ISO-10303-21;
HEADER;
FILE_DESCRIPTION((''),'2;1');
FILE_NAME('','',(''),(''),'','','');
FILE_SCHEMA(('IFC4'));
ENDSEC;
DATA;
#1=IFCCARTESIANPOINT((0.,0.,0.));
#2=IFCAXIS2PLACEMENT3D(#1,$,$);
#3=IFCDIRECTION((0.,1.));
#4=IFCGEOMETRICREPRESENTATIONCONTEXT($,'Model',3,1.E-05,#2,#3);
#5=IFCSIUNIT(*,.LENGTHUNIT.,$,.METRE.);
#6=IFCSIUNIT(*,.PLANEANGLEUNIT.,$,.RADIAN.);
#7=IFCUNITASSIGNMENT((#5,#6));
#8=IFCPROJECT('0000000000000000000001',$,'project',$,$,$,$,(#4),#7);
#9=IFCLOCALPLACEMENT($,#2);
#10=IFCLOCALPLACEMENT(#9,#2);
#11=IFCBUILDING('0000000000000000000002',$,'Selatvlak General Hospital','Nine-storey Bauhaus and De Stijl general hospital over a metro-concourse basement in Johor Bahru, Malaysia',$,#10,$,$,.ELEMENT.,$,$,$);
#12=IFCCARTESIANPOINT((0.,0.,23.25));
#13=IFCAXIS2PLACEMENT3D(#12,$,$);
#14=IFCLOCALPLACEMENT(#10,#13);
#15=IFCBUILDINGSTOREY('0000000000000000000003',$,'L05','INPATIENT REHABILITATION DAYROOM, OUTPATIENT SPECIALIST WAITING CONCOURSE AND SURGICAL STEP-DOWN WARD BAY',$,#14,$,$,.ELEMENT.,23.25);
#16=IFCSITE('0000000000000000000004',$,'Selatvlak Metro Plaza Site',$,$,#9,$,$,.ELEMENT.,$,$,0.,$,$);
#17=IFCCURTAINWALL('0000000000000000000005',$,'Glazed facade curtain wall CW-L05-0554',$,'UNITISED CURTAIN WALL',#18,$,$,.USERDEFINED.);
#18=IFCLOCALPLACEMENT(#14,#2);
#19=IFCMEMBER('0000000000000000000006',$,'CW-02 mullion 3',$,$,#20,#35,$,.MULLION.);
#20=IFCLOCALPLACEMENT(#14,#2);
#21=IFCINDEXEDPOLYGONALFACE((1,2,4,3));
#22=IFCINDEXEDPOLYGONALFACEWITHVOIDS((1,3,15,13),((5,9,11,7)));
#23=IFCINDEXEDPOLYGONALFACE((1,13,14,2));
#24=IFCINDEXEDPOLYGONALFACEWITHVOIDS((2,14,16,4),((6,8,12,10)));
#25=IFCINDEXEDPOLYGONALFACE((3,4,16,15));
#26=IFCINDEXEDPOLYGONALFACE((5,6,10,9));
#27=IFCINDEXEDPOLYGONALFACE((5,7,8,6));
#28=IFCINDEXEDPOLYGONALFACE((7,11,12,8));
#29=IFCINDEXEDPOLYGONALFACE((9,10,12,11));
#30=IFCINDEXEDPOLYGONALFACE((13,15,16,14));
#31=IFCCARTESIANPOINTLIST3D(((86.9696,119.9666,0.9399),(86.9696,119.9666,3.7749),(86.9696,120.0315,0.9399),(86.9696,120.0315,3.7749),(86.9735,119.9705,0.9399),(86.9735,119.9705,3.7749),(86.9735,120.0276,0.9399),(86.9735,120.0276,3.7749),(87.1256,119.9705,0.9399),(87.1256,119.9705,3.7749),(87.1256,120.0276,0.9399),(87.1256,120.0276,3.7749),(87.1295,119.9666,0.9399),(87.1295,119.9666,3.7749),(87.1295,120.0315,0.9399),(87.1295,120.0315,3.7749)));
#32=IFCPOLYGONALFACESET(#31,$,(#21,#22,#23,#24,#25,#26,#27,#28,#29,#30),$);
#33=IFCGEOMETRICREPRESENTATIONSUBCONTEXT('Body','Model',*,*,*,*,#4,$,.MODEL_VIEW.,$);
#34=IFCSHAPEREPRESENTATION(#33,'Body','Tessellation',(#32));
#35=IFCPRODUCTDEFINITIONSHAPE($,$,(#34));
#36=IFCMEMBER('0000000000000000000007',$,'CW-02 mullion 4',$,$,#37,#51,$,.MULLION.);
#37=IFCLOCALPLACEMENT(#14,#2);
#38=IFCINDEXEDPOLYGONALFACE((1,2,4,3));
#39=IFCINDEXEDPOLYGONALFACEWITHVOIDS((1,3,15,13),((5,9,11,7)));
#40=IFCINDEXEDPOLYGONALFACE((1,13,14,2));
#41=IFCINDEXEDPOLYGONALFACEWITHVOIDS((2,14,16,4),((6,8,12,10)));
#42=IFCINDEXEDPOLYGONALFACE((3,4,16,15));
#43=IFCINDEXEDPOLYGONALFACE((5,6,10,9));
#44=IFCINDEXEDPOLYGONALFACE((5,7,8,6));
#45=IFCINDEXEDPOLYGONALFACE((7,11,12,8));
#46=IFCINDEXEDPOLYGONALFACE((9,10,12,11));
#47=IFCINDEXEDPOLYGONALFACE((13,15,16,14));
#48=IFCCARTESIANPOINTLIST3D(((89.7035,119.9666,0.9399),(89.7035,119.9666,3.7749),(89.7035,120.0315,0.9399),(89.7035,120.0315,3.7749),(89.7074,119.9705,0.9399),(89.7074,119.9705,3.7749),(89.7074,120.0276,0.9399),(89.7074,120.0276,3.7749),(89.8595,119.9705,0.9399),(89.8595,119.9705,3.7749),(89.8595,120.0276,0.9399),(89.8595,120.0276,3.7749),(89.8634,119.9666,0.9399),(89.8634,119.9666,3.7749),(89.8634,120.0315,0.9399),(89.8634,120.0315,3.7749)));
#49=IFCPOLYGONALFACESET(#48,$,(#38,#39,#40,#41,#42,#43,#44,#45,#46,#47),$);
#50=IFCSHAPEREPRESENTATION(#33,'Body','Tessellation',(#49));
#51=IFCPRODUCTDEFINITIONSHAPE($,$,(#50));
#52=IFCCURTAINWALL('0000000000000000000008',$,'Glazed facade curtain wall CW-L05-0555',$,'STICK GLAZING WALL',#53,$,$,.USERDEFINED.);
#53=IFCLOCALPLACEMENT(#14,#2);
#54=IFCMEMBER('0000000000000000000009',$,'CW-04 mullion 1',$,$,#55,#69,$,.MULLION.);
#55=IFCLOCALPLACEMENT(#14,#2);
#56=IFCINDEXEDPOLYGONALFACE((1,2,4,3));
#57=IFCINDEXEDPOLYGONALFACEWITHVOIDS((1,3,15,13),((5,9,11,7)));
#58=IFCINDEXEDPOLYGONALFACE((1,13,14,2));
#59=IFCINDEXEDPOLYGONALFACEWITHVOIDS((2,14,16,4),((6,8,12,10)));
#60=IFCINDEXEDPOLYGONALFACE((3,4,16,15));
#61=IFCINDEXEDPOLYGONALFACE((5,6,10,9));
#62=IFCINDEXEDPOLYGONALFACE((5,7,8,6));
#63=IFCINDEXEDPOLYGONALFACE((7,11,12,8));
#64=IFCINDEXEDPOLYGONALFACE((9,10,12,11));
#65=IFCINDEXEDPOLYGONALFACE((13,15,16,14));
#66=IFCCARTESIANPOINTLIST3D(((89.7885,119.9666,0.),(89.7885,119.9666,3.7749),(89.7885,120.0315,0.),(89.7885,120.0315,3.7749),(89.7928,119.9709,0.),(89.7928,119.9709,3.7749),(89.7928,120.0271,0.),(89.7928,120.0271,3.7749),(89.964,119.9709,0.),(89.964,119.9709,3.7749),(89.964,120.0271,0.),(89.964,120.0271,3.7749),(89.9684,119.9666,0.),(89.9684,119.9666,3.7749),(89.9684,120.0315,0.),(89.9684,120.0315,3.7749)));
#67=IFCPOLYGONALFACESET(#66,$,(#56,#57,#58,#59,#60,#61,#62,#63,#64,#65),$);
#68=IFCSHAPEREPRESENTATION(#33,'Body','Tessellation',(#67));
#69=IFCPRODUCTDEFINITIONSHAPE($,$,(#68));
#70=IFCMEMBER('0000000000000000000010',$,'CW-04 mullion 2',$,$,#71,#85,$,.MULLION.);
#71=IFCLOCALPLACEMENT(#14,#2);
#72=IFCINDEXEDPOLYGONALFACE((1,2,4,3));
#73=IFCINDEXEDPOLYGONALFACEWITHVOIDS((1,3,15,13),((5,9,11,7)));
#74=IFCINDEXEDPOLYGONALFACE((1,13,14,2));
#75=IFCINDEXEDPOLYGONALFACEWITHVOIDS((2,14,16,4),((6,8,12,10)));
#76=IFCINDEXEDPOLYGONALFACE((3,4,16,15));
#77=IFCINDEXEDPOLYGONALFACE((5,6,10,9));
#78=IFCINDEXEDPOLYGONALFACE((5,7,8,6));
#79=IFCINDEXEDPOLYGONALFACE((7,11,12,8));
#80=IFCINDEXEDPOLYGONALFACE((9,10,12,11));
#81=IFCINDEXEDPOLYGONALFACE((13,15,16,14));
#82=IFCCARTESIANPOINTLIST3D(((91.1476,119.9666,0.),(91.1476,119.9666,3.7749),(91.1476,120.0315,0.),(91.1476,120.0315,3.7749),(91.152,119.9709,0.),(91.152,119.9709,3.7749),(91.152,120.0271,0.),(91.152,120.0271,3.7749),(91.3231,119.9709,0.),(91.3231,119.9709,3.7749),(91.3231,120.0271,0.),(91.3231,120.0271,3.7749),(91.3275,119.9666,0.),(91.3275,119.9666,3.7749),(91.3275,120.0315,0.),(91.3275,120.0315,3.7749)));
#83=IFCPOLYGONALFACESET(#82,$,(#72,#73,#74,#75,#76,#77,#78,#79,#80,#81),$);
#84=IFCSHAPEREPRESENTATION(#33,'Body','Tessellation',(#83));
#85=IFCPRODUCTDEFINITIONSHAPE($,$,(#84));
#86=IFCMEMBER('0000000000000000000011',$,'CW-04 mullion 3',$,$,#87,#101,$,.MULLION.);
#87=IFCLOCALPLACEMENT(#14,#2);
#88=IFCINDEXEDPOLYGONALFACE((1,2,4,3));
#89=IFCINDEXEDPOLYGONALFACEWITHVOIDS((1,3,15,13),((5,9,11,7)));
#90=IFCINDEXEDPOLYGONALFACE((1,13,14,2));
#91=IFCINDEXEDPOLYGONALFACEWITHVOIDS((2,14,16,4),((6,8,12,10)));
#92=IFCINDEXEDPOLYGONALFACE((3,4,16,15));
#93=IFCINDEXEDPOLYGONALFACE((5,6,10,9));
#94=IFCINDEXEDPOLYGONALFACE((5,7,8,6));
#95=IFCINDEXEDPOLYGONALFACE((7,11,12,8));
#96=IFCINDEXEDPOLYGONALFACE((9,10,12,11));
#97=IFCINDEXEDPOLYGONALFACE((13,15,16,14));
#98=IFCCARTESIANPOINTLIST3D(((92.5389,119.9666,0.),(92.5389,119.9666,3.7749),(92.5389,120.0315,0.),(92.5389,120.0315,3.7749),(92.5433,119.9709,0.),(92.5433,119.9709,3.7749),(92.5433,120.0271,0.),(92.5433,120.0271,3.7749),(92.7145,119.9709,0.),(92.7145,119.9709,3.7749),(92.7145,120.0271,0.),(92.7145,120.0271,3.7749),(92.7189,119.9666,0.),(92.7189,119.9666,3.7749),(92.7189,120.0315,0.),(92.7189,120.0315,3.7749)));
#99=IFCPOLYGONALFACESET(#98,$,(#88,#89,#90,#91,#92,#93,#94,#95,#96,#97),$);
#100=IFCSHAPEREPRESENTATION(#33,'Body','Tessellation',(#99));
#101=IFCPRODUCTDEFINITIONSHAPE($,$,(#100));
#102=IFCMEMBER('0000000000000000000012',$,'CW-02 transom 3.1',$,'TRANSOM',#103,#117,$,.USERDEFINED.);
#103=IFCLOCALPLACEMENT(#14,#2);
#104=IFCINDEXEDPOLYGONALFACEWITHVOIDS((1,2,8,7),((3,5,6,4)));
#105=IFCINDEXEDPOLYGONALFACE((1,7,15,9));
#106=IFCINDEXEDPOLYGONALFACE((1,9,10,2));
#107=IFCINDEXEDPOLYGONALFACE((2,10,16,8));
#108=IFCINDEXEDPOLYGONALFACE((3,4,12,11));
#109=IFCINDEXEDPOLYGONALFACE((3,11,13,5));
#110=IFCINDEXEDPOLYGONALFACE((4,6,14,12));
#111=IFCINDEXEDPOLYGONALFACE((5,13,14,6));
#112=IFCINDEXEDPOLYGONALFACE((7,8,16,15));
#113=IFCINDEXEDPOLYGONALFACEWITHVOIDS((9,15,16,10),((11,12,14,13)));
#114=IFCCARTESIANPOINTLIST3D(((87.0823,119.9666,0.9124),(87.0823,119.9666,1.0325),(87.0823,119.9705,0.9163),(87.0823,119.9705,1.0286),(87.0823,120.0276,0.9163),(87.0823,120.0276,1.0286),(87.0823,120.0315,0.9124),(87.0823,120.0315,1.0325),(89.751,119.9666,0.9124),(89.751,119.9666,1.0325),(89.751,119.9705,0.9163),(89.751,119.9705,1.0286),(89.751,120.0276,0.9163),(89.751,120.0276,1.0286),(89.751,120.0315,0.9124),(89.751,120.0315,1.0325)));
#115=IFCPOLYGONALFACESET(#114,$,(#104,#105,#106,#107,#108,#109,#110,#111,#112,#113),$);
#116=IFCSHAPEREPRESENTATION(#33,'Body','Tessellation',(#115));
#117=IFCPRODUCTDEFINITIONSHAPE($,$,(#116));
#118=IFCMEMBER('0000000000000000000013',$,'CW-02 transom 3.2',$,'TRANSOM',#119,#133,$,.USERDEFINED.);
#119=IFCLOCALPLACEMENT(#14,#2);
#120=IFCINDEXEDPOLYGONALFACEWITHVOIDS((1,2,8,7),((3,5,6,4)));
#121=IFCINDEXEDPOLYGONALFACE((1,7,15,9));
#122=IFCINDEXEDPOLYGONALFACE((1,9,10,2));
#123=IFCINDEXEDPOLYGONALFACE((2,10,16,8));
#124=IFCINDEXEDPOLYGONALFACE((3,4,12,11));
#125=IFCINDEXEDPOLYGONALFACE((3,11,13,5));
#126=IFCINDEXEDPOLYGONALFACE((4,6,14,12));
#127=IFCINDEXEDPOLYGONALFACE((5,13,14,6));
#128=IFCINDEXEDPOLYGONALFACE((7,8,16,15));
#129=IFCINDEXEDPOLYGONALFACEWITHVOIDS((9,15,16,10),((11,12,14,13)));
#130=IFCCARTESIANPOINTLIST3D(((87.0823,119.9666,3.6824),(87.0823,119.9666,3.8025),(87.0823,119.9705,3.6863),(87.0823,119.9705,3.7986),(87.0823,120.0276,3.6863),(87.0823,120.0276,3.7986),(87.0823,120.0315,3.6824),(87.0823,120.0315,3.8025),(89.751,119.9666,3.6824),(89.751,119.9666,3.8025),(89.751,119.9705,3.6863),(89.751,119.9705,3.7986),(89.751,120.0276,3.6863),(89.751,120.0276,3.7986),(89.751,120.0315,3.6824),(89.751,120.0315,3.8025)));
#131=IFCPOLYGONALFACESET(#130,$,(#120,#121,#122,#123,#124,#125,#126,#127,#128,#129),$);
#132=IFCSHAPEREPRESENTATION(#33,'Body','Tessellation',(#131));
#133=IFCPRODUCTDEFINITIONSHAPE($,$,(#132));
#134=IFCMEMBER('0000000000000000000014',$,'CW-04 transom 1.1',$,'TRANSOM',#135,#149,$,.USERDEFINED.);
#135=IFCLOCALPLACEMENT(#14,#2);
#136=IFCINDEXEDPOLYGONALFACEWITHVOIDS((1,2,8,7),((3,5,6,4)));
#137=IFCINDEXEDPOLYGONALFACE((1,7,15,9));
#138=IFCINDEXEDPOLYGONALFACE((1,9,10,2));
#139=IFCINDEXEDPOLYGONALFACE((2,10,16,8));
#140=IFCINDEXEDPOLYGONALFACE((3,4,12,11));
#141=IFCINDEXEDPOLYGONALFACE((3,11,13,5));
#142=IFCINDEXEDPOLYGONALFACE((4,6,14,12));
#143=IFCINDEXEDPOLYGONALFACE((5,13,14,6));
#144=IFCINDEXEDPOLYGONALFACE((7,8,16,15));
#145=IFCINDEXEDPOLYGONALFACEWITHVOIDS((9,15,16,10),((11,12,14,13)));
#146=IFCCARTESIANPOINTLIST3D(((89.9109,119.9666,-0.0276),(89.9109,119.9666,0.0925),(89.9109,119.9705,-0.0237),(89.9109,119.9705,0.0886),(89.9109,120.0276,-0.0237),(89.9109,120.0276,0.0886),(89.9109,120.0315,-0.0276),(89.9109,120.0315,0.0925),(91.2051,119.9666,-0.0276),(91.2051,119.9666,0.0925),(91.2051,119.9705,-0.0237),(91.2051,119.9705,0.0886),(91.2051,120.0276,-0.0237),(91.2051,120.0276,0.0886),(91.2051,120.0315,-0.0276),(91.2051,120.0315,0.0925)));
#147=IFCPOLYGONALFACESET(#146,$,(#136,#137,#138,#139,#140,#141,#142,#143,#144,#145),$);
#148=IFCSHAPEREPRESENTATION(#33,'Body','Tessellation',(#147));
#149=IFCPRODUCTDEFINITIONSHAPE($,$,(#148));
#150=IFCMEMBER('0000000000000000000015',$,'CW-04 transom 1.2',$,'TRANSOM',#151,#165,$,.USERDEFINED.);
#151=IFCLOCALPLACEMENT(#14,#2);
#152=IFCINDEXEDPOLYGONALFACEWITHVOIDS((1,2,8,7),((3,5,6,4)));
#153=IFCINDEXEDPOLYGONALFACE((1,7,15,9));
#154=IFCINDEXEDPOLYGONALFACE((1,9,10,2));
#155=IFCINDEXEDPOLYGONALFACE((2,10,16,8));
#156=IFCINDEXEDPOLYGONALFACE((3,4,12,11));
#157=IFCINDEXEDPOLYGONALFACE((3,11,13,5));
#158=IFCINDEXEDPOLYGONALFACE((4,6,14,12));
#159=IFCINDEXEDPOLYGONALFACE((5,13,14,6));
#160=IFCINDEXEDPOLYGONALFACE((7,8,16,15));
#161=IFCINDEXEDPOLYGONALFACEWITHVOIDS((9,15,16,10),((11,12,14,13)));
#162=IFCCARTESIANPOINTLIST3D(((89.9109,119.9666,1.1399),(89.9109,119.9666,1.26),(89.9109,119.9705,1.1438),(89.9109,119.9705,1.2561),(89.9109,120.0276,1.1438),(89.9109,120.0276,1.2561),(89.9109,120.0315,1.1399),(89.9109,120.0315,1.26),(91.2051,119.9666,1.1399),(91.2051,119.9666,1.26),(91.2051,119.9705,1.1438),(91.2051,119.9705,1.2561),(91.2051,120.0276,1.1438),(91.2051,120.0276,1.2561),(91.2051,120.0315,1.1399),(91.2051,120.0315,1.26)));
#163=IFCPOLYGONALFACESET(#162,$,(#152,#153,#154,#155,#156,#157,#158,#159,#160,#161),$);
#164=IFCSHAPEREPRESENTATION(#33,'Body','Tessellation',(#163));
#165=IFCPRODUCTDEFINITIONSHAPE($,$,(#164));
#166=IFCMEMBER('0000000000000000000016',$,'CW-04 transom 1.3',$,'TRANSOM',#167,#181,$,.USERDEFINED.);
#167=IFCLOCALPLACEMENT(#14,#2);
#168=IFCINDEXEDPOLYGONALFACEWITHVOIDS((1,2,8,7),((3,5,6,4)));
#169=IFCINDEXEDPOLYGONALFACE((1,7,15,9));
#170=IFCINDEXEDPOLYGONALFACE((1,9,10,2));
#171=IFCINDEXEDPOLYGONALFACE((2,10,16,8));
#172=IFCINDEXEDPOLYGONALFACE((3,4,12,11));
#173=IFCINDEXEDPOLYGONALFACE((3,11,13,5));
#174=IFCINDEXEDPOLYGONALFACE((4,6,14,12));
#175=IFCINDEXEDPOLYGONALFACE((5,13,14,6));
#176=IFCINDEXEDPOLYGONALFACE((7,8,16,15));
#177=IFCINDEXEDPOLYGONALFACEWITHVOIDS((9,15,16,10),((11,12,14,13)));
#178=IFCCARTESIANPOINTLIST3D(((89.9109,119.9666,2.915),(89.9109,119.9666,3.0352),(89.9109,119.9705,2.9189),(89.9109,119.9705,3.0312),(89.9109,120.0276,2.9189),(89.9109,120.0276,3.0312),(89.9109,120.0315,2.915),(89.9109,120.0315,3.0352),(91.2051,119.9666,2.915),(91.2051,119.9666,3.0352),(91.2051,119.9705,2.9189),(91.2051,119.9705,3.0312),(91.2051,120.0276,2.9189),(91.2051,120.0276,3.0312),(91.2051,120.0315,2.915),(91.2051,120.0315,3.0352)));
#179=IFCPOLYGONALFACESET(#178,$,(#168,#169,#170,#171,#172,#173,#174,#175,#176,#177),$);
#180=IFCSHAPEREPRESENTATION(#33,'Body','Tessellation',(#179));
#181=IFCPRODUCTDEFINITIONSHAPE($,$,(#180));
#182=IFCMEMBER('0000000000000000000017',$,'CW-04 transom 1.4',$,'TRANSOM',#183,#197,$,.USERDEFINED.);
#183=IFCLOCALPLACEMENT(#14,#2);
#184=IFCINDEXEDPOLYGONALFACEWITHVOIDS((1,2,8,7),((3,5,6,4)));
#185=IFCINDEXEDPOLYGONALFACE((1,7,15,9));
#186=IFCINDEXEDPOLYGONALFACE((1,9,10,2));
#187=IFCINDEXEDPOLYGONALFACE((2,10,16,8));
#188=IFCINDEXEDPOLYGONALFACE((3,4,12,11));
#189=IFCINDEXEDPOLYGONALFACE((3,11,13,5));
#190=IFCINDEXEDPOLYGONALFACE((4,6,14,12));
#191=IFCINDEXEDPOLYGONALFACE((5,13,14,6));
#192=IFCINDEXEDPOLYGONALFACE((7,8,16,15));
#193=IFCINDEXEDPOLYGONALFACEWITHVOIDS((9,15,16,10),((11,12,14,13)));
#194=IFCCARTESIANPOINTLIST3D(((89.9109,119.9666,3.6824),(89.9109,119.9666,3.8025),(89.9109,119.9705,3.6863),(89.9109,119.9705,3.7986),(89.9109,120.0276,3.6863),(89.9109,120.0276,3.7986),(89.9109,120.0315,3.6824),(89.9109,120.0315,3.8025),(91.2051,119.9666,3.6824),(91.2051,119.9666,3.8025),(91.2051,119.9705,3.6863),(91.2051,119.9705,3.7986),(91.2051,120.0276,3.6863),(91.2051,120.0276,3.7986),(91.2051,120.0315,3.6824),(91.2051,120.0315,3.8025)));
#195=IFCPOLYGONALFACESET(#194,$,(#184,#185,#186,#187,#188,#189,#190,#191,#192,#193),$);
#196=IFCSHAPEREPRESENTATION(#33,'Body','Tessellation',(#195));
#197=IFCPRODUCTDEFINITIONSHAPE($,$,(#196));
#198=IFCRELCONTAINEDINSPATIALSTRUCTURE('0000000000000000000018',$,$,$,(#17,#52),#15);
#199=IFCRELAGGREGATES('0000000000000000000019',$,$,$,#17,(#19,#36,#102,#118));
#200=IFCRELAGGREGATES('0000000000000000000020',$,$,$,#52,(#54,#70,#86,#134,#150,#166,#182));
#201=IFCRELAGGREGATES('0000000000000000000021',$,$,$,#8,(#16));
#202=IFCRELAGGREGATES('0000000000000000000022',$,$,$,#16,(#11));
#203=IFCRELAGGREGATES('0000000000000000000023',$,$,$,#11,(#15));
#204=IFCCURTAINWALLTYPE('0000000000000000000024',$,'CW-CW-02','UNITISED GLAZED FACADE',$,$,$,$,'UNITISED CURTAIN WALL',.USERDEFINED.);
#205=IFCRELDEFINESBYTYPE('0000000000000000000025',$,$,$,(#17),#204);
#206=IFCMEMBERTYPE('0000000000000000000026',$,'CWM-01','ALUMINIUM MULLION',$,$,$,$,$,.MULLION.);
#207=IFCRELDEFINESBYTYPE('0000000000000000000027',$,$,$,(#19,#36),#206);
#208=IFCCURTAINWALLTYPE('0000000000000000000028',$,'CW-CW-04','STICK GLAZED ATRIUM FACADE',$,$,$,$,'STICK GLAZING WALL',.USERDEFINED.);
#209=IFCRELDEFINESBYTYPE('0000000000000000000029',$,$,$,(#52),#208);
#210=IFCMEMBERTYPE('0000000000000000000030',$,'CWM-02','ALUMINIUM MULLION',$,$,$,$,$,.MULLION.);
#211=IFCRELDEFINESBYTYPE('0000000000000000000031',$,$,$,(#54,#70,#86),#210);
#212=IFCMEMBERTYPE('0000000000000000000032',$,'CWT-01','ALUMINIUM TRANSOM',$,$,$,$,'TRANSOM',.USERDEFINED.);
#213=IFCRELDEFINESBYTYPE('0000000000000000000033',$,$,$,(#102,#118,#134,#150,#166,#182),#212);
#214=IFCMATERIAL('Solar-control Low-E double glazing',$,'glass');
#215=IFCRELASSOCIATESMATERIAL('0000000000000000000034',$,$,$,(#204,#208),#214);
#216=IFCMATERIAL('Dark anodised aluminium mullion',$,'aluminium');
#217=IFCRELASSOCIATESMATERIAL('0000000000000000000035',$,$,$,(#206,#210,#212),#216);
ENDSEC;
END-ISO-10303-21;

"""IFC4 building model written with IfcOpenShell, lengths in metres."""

from ifc_helpers import new_model, si_unit, direction, frame, origin, origin_2d, place, context, subcontext, project, spatial, hollow_rectangle, extrude, material, material_profile, profile_set, type_object, element, aggregate, save


model = new_model("IFC4")

# Units and contexts
model_context = context("Model", 3, precision=1e-05, world=origin(), true_north=direction((0.0, 1.0)))
body_context = subcontext(model_context, "Body", "Model", "MODEL_VIEW")
ifc_project = project(units=[si_unit("LENGTHUNIT", "METRE"), si_unit("PLANEANGLEUNIT", "RADIAN")], contexts=[model_context])

# Site, building, storey
site_placement = place(None, origin())
site = spatial("IfcSite", under=ifc_project, at=site_placement, Name="Selatvlak Metro Plaza Site", CompositionType="ELEMENT", RefElevation=0.0)
building_placement = place(site_placement, origin())
building = spatial("IfcBuilding", under=site, at=building_placement, Name="Selatvlak General Hospital", Description="Nine-storey Bauhaus and De Stijl general hospital over a metro-concourse basement in Johor Bahru, Malaysia", CompositionType="ELEMENT")
storey_placement = place(building_placement, frame((0.0, 0.0, 23.25)))
storey = spatial("IfcBuildingStorey", under=building, at=storey_placement, Name="L05", Description="INPATIENT REHABILITATION DAYROOM, OUTPATIENT SPECIALIST WAITING CONCOURSE AND SURGICAL STEP-DOWN WARD BAY", CompositionType="ELEMENT", Elevation=23.25)

# Curtain walls, members
ifc_material_1 = material(Name="Solar-control Low-E double glazing", Category="glass")
curtain_wall_type_1 = type_object("IfcCurtainWallType", Name="CW-CW-02", Description="UNITISED GLAZED FACADE", ElementType="UNITISED CURTAIN WALL", PredefinedType="USERDEFINED", material=ifc_material_1)
curtain_wall_1_placement = place(storey_placement, origin())
curtain_wall_1 = element("IfcCurtainWall", 1, at=curtain_wall_1_placement, inside=storey, type_object=curtain_wall_type_1, Name="Glazed facade curtain wall CW-L05-0554", ObjectType="UNITISED CURTAIN WALL", PredefinedType="USERDEFINED")
ifc_material_2 = material(Name="Dark anodised aluminium mullion", Category="aluminium")
ifc_material_profile_1 = material_profile(ifc_material_2, hollow_rectangle(XDim=0.0649, YDim=0.1599, WallThickness=0.0039, at=origin_2d()), Name="AL-MUL 65x160x4")
ifc_profile_set_1 = profile_set([ifc_material_profile_1], Name="Dark anodised aluminium mullion")
member_type_1 = type_object("IfcMemberType", Name="CWM-01", Description="ALUMINIUM MULLION", PredefinedType="MULLION", material=ifc_profile_set_1)
member_1_placement = place(storey_placement, frame((87.0496, 119.999, 0.9399), z_axis=(0.0, 0.0, 1.0), x_axis=(0.0, 1.0, 0.0)))
member_1 = element("IfcMember", 2, at=member_1_placement, type_object=member_type_1, Name="CW-02 mullion 3", PredefinedType="MULLION", context=body_context, shape_type="SweptSolid", body=[
    extrude(hollow_rectangle(XDim=0.0649, YDim=0.1599, WallThickness=0.0039, at=origin_2d()), origin(), (0.0, 0.0, 1.0), 2.835),
])
member_2_placement = place(storey_placement, frame((89.7834, 119.999, 0.9399), z_axis=(0.0, 0.0, 1.0), x_axis=(0.0, 1.0, 0.0)))
member_2 = element("IfcMember", 3, at=member_2_placement, type_object=member_type_1, Name="CW-02 mullion 4", PredefinedType="MULLION", context=body_context, shape_type="SweptSolid", body=[
    extrude(hollow_rectangle(XDim=0.0649, YDim=0.1599, WallThickness=0.0039, at=origin_2d()), origin(), (0.0, 0.0, 1.0), 2.835),
])
curtain_wall_type_2 = type_object("IfcCurtainWallType", Name="CW-CW-04", Description="STICK GLAZED ATRIUM FACADE", ElementType="STICK GLAZING WALL", PredefinedType="USERDEFINED", material=ifc_material_1)
curtain_wall_2_placement = place(storey_placement, origin())
curtain_wall_2 = element("IfcCurtainWall", 4, at=curtain_wall_2_placement, inside=storey, type_object=curtain_wall_type_2, Name="Glazed facade curtain wall CW-L05-0555", ObjectType="STICK GLAZING WALL", PredefinedType="USERDEFINED")
ifc_material_profile_2 = material_profile(ifc_material_2, hollow_rectangle(XDim=0.0649, YDim=0.1799, WallThickness=0.0044, at=origin_2d()), Name="AL-MUL 65x180x4.5")
ifc_profile_set_2 = profile_set([ifc_material_profile_2], Name="Dark anodised aluminium mullion")
member_type_2 = type_object("IfcMemberType", Name="CWM-02", Description="ALUMINIUM MULLION", PredefinedType="MULLION", material=ifc_profile_set_2)
member_3_placement = place(storey_placement, frame((89.8784, 119.999, 0.0), z_axis=(0.0, 0.0, 1.0), x_axis=(0.0, 1.0, 0.0)))
member_3 = element("IfcMember", 5, at=member_3_placement, type_object=member_type_2, Name="CW-04 mullion 1", PredefinedType="MULLION", context=body_context, shape_type="SweptSolid", body=[
    extrude(hollow_rectangle(XDim=0.0649, YDim=0.1799, WallThickness=0.0044, at=origin_2d()), origin(), (0.0, 0.0, 1.0), 3.7749),
])
member_4_placement = place(storey_placement, frame((91.2375, 119.999, 0.0), z_axis=(0.0, 0.0, 1.0), x_axis=(0.0, 1.0, 0.0)))
member_4 = element("IfcMember", 6, at=member_4_placement, type_object=member_type_2, Name="CW-04 mullion 2", PredefinedType="MULLION", context=body_context, shape_type="SweptSolid", body=[
    extrude(hollow_rectangle(XDim=0.0649, YDim=0.1799, WallThickness=0.0044, at=origin_2d()), origin(), (0.0, 0.0, 1.0), 3.7749),
])
member_5_placement = place(storey_placement, frame((92.6289, 119.999, 0.0), z_axis=(0.0, 0.0, 1.0), x_axis=(0.0, 1.0, 0.0)))
member_5 = element("IfcMember", 7, at=member_5_placement, type_object=member_type_2, Name="CW-04 mullion 3", PredefinedType="MULLION", context=body_context, shape_type="SweptSolid", body=[
    extrude(hollow_rectangle(XDim=0.0649, YDim=0.1799, WallThickness=0.0044, at=origin_2d()), origin(), (0.0, 0.0, 1.0), 3.7749),
])

# Members
ifc_material_profile_3 = material_profile(ifc_material_2, hollow_rectangle(XDim=0.0649, YDim=0.1201, WallThickness=0.0039, at=origin_2d()), Name="AL-TRN 65x120x4")
ifc_profile_set_3 = profile_set([ifc_material_profile_3], Name="Dark anodised aluminium mullion")
member_type_3 = type_object("IfcMemberType", Name="CWT-01", Description="ALUMINIUM TRANSOM", ElementType="TRANSOM", PredefinedType="USERDEFINED", material=ifc_profile_set_3)
member_6_placement = place(storey_placement, frame((87.0823, 119.999, 0.9724), z_axis=(1.0, 0.0, 0.0), x_axis=(0.0, 1.0, 0.0)))
member_6 = element("IfcMember", 8, at=member_6_placement, type_object=member_type_3, Name="CW-02 transom 3.1", ObjectType="TRANSOM", PredefinedType="USERDEFINED", context=body_context, shape_type="SweptSolid", body=[
    extrude(hollow_rectangle(XDim=0.0649, YDim=0.1201, WallThickness=0.0039, at=origin_2d()), origin(), (0.0, 0.0, 1.0), 2.6687),
])
member_7_placement = place(storey_placement, frame((87.0823, 119.999, 3.7424), z_axis=(1.0, 0.0, 0.0), x_axis=(0.0, 1.0, 0.0)))
member_7 = element("IfcMember", 9, at=member_7_placement, type_object=member_type_3, Name="CW-02 transom 3.2", ObjectType="TRANSOM", PredefinedType="USERDEFINED", context=body_context, shape_type="SweptSolid", body=[
    extrude(hollow_rectangle(XDim=0.0649, YDim=0.1201, WallThickness=0.0039, at=origin_2d()), origin(), (0.0, 0.0, 1.0), 2.6687),
])
member_8_placement = place(storey_placement, frame((89.9109, 119.999, 0.0325), z_axis=(1.0, 0.0, 0.0), x_axis=(0.0, 1.0, 0.0)))
member_8 = element("IfcMember", 10, at=member_8_placement, type_object=member_type_3, Name="CW-04 transom 1.1", ObjectType="TRANSOM", PredefinedType="USERDEFINED", context=body_context, shape_type="SweptSolid", body=[
    extrude(hollow_rectangle(XDim=0.0649, YDim=0.1201, WallThickness=0.0039, at=origin_2d()), origin(), (0.0, 0.0, 1.0), 1.2942),
])
member_9_placement = place(storey_placement, frame((89.9109, 119.999, 1.2), z_axis=(1.0, 0.0, 0.0), x_axis=(0.0, 1.0, 0.0)))
member_9 = element("IfcMember", 11, at=member_9_placement, type_object=member_type_3, Name="CW-04 transom 1.2", ObjectType="TRANSOM", PredefinedType="USERDEFINED", context=body_context, shape_type="SweptSolid", body=[
    extrude(hollow_rectangle(XDim=0.0649, YDim=0.1201, WallThickness=0.0039, at=origin_2d()), origin(), (0.0, 0.0, 1.0), 1.2942),
])
member_10_placement = place(storey_placement, frame((89.9109, 119.999, 2.9751), z_axis=(1.0, 0.0, 0.0), x_axis=(0.0, 1.0, 0.0)))
member_10 = element("IfcMember", 12, at=member_10_placement, type_object=member_type_3, Name="CW-04 transom 1.3", ObjectType="TRANSOM", PredefinedType="USERDEFINED", context=body_context, shape_type="SweptSolid", body=[
    extrude(hollow_rectangle(XDim=0.0649, YDim=0.1201, WallThickness=0.0039, at=origin_2d()), origin(), (0.0, 0.0, 1.0), 1.2942),
])
member_11_placement = place(storey_placement, frame((89.9109, 119.999, 3.7424), z_axis=(1.0, 0.0, 0.0), x_axis=(0.0, 1.0, 0.0)))
member_11 = element("IfcMember", 13, at=member_11_placement, type_object=member_type_3, Name="CW-04 transom 1.4", ObjectType="TRANSOM", PredefinedType="USERDEFINED", context=body_context, shape_type="SweptSolid", body=[
    extrude(hollow_rectangle(XDim=0.0649, YDim=0.1201, WallThickness=0.0039, at=origin_2d()), origin(), (0.0, 0.0, 1.0), 1.2942),
])

aggregate(curtain_wall_1, [member_1, member_2, member_6, member_7])
aggregate(curtain_wall_2, [member_3, member_4, member_5, member_8, member_9, member_10, member_11])

save(model, "model.ifc")
